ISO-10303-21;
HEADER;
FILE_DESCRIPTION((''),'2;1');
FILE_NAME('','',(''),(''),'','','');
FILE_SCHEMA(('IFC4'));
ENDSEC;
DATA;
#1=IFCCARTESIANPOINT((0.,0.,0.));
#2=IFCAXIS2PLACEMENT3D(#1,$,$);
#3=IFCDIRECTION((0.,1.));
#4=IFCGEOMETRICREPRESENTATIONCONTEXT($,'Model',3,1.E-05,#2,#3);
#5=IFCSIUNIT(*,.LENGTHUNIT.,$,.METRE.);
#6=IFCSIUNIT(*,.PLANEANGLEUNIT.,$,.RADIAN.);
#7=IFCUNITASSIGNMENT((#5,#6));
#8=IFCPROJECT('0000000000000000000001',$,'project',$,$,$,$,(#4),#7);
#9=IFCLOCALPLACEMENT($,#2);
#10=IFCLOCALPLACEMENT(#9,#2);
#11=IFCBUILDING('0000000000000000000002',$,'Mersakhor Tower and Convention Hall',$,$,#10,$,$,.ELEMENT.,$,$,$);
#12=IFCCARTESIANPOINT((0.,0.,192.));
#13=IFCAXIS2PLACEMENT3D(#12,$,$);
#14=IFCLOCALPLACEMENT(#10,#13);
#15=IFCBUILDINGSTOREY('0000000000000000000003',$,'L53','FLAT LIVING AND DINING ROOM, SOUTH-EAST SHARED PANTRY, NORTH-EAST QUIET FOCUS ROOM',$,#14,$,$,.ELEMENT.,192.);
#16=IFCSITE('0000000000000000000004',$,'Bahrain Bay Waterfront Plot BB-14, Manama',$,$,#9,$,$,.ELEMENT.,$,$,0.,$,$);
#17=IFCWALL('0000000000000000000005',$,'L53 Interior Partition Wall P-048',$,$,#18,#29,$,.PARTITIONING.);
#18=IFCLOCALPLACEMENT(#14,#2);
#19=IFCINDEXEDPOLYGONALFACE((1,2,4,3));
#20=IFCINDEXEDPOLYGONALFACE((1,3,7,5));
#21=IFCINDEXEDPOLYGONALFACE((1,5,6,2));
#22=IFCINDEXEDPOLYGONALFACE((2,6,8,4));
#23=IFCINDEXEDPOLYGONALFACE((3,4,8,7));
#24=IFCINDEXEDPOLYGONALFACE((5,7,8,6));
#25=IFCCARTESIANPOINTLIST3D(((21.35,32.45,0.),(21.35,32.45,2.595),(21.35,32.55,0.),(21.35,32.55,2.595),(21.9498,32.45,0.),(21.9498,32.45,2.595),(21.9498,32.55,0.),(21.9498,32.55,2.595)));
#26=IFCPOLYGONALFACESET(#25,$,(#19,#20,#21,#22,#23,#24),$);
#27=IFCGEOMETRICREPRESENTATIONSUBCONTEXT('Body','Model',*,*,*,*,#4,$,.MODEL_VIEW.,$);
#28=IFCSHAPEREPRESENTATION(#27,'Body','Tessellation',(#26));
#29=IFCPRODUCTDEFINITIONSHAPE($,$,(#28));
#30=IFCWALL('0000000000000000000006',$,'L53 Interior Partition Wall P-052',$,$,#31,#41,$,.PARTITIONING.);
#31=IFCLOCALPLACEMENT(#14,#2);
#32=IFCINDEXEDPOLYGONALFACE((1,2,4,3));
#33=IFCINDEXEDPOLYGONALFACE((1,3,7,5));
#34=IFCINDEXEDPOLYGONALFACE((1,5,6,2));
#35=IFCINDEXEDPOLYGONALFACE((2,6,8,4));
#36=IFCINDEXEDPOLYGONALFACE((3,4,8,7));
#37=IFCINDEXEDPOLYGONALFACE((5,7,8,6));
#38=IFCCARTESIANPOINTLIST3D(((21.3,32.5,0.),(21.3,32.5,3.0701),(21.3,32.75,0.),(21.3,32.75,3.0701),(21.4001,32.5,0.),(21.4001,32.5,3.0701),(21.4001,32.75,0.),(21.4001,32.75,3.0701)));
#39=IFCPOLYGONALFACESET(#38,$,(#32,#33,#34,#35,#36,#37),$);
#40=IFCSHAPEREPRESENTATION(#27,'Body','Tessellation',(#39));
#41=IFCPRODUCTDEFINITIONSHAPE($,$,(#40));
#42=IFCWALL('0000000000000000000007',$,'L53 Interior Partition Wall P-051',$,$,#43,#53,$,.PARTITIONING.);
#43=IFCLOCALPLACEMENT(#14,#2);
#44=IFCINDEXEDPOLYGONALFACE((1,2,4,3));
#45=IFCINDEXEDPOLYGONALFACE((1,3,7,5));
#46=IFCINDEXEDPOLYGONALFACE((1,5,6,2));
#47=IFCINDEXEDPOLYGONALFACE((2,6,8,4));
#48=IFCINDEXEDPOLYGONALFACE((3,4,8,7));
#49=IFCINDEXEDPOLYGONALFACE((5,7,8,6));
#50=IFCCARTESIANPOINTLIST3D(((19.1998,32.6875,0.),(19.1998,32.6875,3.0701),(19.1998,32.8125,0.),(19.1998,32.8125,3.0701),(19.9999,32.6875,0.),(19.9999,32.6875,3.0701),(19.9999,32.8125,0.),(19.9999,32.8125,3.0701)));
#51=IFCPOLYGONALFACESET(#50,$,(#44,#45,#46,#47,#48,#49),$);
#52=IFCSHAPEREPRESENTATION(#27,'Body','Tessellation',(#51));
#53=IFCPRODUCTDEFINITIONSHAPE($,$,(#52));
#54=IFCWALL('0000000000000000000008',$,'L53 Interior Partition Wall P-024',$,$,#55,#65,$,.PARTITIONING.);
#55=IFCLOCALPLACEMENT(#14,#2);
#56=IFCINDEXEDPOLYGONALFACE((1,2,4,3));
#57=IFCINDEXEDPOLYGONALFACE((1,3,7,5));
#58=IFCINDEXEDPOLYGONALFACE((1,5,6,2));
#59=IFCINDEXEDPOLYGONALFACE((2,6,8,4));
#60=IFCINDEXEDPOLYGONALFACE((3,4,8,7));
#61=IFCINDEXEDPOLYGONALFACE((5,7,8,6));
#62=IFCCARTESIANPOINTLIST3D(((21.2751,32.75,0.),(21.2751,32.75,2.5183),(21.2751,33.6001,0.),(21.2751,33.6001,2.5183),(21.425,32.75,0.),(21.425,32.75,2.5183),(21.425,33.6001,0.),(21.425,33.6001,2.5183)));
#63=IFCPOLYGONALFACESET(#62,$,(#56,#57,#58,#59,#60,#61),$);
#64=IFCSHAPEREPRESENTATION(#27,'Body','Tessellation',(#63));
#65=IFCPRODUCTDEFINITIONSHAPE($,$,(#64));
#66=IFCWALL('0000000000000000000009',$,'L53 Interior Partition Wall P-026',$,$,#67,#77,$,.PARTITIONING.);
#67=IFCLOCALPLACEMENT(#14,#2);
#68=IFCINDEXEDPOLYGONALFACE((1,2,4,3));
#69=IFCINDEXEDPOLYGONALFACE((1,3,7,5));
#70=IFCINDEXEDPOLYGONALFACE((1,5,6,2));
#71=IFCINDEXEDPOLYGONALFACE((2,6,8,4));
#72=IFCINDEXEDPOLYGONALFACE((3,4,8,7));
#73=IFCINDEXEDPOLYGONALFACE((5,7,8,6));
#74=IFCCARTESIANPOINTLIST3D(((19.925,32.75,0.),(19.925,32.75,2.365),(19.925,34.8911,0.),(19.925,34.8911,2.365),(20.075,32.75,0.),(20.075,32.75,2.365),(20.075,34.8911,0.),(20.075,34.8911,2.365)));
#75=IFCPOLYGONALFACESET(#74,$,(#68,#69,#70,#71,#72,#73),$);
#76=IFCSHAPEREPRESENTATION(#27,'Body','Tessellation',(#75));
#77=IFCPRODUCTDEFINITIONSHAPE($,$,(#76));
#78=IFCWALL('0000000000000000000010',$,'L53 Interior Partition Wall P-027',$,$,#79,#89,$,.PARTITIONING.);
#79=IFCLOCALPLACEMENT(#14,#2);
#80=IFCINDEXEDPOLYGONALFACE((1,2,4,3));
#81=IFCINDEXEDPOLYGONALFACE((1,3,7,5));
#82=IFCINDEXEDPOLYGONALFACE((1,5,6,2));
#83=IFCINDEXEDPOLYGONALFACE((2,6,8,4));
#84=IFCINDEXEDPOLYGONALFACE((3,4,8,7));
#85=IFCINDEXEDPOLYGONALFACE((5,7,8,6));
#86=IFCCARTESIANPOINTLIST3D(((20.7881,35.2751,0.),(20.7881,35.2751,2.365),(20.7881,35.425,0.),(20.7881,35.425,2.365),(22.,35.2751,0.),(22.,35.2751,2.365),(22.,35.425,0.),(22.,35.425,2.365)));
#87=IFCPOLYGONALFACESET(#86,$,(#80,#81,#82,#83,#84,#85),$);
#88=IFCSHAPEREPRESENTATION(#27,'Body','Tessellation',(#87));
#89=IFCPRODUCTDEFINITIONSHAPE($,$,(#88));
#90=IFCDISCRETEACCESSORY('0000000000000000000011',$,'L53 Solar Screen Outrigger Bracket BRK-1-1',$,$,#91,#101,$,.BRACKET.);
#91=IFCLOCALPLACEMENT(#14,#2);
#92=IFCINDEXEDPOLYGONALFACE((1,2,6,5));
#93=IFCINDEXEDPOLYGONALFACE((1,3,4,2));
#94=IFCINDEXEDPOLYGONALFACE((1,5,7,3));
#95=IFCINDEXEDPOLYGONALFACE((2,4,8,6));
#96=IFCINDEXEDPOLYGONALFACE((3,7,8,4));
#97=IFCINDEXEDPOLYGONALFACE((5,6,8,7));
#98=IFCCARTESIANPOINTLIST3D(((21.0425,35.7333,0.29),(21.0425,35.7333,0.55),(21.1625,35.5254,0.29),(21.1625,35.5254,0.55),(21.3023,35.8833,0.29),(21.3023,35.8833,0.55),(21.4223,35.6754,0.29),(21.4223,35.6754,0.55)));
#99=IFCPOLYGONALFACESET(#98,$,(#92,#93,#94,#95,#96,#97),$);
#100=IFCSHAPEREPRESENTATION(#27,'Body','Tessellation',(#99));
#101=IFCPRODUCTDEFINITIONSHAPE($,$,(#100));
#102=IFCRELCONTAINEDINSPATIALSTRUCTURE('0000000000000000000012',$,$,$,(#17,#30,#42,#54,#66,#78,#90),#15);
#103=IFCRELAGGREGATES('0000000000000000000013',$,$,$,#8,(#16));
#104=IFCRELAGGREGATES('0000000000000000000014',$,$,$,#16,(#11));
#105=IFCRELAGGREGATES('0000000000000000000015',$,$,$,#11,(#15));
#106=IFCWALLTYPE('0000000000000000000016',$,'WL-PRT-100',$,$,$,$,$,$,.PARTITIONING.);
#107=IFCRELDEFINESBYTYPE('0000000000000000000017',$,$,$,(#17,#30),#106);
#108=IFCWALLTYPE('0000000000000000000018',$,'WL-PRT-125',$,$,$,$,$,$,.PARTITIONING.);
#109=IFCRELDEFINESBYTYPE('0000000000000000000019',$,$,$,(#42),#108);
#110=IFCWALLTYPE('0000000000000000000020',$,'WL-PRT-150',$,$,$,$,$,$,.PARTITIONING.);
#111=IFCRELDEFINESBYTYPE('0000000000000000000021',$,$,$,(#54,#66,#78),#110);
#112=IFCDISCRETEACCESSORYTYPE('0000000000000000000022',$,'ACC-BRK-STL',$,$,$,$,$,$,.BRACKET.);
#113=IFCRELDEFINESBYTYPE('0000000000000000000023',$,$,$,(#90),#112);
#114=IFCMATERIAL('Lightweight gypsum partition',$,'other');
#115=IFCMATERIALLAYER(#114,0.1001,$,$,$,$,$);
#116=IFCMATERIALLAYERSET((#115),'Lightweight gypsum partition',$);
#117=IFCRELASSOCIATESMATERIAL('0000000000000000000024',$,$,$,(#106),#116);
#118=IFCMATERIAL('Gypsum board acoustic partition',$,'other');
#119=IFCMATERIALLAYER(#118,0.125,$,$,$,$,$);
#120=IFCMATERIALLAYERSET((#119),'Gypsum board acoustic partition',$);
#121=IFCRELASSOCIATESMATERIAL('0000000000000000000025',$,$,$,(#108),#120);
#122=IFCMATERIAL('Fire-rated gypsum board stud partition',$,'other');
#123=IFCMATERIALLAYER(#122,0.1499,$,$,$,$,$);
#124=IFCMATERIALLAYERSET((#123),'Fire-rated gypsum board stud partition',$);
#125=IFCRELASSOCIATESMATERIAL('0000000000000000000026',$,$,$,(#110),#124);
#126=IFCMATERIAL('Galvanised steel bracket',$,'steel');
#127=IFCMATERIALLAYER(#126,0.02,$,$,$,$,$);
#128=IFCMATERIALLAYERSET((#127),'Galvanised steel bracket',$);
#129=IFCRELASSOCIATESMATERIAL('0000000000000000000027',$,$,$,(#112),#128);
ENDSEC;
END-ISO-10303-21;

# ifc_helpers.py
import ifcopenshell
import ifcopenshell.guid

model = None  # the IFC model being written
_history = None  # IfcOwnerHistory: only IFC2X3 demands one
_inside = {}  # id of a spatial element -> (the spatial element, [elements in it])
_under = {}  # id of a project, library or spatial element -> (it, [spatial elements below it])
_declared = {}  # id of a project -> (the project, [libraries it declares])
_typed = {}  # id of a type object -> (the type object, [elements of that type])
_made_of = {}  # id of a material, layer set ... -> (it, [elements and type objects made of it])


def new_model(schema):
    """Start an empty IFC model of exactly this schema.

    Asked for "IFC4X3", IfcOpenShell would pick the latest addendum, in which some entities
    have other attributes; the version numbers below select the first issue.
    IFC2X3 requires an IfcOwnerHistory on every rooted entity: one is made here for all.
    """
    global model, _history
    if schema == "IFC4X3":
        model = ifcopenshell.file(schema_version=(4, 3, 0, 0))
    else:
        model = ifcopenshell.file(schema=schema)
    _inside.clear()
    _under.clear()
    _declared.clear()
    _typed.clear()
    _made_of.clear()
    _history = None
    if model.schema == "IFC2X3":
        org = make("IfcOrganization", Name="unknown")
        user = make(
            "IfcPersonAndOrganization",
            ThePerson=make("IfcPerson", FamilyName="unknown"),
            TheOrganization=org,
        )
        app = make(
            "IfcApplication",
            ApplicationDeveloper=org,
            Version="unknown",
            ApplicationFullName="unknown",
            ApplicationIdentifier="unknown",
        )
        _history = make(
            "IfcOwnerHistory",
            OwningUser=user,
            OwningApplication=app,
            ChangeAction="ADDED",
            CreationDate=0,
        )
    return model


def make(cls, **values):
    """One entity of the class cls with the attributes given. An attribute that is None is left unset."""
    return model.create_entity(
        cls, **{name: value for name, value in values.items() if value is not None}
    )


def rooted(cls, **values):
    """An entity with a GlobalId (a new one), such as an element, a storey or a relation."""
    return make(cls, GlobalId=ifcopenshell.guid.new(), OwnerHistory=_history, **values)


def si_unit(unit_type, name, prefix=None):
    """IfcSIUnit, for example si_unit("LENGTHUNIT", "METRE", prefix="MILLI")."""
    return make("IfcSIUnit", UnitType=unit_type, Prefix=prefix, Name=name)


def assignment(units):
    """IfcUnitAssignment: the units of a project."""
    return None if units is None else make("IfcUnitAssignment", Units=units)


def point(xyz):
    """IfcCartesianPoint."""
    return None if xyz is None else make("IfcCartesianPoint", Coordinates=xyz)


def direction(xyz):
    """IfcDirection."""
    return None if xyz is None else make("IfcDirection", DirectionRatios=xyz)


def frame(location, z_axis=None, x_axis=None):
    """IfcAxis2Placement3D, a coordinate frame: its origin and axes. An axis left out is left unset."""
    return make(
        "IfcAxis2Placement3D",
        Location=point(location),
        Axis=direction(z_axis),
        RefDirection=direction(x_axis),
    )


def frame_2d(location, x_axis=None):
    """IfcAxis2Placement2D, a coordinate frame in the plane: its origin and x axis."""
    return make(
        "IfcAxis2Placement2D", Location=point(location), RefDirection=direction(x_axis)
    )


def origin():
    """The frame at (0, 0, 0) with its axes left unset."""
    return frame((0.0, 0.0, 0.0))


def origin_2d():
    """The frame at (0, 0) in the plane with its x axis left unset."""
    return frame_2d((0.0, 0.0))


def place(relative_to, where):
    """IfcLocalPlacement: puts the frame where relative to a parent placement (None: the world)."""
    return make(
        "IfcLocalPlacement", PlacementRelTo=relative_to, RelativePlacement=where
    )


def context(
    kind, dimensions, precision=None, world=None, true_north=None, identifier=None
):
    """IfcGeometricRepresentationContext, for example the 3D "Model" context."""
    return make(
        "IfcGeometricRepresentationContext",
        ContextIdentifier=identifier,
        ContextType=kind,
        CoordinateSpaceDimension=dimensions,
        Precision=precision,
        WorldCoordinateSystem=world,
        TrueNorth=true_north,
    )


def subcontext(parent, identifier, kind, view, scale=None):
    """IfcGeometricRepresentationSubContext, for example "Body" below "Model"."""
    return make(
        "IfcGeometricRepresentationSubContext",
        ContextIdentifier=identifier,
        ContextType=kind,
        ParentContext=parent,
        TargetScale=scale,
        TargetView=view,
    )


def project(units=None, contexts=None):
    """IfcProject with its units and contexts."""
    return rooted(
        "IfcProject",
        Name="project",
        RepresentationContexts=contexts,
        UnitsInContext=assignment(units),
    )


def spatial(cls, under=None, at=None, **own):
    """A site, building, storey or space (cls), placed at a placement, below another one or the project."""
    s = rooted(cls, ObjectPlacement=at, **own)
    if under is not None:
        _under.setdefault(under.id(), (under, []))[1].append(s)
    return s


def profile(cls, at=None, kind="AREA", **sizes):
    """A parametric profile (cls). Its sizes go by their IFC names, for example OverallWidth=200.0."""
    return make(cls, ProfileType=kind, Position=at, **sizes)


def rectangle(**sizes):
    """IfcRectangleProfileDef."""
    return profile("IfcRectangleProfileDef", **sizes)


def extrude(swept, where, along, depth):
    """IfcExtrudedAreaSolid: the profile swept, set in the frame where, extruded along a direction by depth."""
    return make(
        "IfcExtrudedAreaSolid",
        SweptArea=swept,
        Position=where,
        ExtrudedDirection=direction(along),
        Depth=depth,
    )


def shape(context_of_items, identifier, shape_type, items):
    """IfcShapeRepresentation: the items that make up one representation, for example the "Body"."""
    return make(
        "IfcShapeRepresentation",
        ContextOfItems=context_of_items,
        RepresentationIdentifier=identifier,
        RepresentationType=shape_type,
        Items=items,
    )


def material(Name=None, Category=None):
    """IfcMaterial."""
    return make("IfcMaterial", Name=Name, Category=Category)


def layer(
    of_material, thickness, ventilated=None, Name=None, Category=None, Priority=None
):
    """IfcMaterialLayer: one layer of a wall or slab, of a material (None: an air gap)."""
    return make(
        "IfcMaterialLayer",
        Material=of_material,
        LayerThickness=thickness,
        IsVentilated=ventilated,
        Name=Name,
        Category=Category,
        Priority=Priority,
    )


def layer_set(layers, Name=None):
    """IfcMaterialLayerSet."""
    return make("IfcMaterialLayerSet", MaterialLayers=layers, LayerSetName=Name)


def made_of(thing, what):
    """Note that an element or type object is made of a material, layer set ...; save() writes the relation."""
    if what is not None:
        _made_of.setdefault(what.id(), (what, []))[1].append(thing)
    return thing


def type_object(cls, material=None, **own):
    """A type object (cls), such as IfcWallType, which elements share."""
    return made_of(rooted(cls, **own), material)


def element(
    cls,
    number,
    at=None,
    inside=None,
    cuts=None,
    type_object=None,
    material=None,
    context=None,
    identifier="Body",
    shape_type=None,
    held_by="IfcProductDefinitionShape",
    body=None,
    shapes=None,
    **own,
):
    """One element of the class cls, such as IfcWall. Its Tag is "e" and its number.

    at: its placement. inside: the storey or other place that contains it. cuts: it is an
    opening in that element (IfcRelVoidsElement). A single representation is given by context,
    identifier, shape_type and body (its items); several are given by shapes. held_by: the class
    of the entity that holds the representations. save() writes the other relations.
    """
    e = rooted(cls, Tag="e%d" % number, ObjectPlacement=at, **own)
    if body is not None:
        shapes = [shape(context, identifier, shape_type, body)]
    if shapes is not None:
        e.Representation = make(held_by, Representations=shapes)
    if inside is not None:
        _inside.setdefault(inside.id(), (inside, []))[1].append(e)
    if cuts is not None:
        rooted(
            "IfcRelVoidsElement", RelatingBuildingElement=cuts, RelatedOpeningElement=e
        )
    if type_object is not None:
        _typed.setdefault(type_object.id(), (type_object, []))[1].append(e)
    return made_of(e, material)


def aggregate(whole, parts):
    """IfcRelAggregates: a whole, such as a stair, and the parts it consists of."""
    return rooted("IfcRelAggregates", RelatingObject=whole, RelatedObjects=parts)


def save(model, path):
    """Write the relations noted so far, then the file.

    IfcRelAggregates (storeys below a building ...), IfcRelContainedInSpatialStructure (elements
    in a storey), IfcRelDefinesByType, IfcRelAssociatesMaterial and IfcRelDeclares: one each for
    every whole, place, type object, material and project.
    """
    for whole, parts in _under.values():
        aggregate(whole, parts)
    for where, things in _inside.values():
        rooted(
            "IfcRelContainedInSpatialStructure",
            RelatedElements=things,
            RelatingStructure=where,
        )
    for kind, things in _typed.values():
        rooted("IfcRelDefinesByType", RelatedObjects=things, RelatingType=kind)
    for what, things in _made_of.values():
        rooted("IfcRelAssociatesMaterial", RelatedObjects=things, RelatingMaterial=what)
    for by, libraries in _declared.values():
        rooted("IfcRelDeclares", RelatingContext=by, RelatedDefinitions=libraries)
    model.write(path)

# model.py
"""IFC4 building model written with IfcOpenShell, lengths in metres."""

from ifc_helpers import new_model, si_unit, direction, frame, frame_2d, origin, origin_2d, place, context, subcontext, project, spatial, rectangle, extrude, material, layer, layer_set, type_object, element, save


model = new_model("IFC4")

# Units and contexts
model_context = context("Model", 3, precision=1e-05, world=origin(), true_north=direction((0.0, 1.0)))
body_context = subcontext(model_context, "Body", "Model", "MODEL_VIEW")
ifc_project = project(units=[si_unit("LENGTHUNIT", "METRE"), si_unit("PLANEANGLEUNIT", "RADIAN")], contexts=[model_context])

# Site, building, storey
site_placement = place(None, origin())
site = spatial("IfcSite", under=ifc_project, at=site_placement, Name="Bahrain Bay Waterfront Plot BB-14, Manama", CompositionType="ELEMENT", RefElevation=0.0)
building_placement = place(site_placement, origin())
building = spatial("IfcBuilding", under=site, at=building_placement, Name="Mersakhor Tower and Convention Hall", CompositionType="ELEMENT")
storey_placement = place(building_placement, frame((0.0, 0.0, 192.0)))
storey = spatial("IfcBuildingStorey", under=building, at=storey_placement, Name="L53", Description="FLAT LIVING AND DINING ROOM, SOUTH-EAST SHARED PANTRY, NORTH-EAST QUIET FOCUS ROOM", CompositionType="ELEMENT", Elevation=192.0)

# Walls
ifc_material_1 = material(Name="Lightweight gypsum partition", Category="other")
ifc_layer_1 = layer(ifc_material_1, 0.1001)
ifc_layer_set_1 = layer_set([ifc_layer_1], Name="Lightweight gypsum partition")
wall_type_1 = type_object("IfcWallType", Name="WL-PRT-100", PredefinedType="PARTITIONING", material=ifc_layer_set_1)
wall_1_placement = place(storey_placement, frame((21.3501, 32.5, 0.0), z_axis=(0.0, 0.0, 1.0), x_axis=(1.0, 0.0, 0.0)))
element("IfcWall", 1, at=wall_1_placement, inside=storey, type_object=wall_type_1, Name="L53 Interior Partition Wall P-048", PredefinedType="PARTITIONING", context=body_context, shape_type="SweptSolid", body=[
    extrude(rectangle(XDim=0.5999, YDim=0.1001, at=frame_2d((0.2998, 0.0))), origin(), (0.0, 0.0, 1.0), 2.595),
])
wall_2_placement = place(storey_placement, frame((21.3501, 32.75, 0.0), z_axis=(0.0, 0.0, 1.0), x_axis=(0.0, -1.0, 0.0)))
element("IfcWall", 2, at=wall_2_placement, inside=storey, type_object=wall_type_1, Name="L53 Interior Partition Wall P-052", PredefinedType="PARTITIONING", context=body_context, shape_type="SweptSolid", body=[
    extrude(rectangle(XDim=0.25, YDim=0.1001, at=frame_2d((0.125, 0.0))), origin(), (0.0, 0.0, 1.0), 3.0701),
])
ifc_material_2 = material(Name="Gypsum board acoustic partition", Category="other")
ifc_layer_2 = layer(ifc_material_2, 0.125)
ifc_layer_set_2 = layer_set([ifc_layer_2], Name="Gypsum board acoustic partition")
wall_type_2 = type_object("IfcWallType", Name="WL-PRT-125", PredefinedType="PARTITIONING", material=ifc_layer_set_2)
wall_3_placement = place(storey_placement, frame((19.2, 32.75, 0.0), z_axis=(0.0, 0.0, 1.0), x_axis=(1.0, 0.0, 0.0)))
element("IfcWall", 3, at=wall_3_placement, inside=storey, type_object=wall_type_2, Name="L53 Interior Partition Wall P-051", PredefinedType="PARTITIONING", context=body_context, shape_type="SweptSolid", body=[
    extrude(rectangle(XDim=0.8, YDim=0.125, at=frame_2d((0.3999, 0.0))), origin(), (0.0, 0.0, 1.0), 3.0701),
])
ifc_material_3 = material(Name="Fire-rated gypsum board stud partition", Category="other")
ifc_layer_3 = layer(ifc_material_3, 0.1499)
ifc_layer_set_3 = layer_set([ifc_layer_3], Name="Fire-rated gypsum board stud partition")
wall_type_3 = type_object("IfcWallType", Name="WL-PRT-150", PredefinedType="PARTITIONING", material=ifc_layer_set_3)
wall_4_placement = place(storey_placement, frame((21.3501, 33.6001, 0.0), z_axis=(0.0, 0.0, 1.0), x_axis=(0.0, -1.0, 0.0)))
element("IfcWall", 4, at=wall_4_placement, inside=storey, type_object=wall_type_3, Name="L53 Interior Partition Wall P-024", PredefinedType="PARTITIONING", context=body_context, shape_type="SweptSolid", body=[
    extrude(rectangle(XDim=0.8501, YDim=0.1499, at=frame_2d((0.425, 0.0))), origin(), (0.0, 0.0, 1.0), 2.5183),
])

# Walls
wall_5_placement = place(storey_placement, frame((20.0, 32.75, 0.0), z_axis=(0.0, 0.0, 1.0), x_axis=(0.0, 1.0, 0.0)))
element("IfcWall", 5, at=wall_5_placement, inside=storey, type_object=wall_type_3, Name="L53 Interior Partition Wall P-026", PredefinedType="PARTITIONING", context=body_context, shape_type="SweptSolid", body=[
    extrude(rectangle(XDim=2.1411, YDim=0.1499, at=frame_2d((1.0706, 0.0))), origin(), (0.0, 0.0, 1.0), 2.365),
])
wall_6_placement = place(storey_placement, frame((20.7881, 35.3501, 0.0), z_axis=(0.0, 0.0, 1.0), x_axis=(1.0, 0.0, 0.0)))
element("IfcWall", 6, at=wall_6_placement, inside=storey, type_object=wall_type_3, Name="L53 Interior Partition Wall P-027", PredefinedType="PARTITIONING", context=body_context, shape_type="SweptSolid", body=[
    extrude(rectangle(XDim=1.2119, YDim=0.1499, at=frame_2d((0.606, 0.0))), origin(), (0.0, 0.0, 1.0), 2.365),
])

# Discrete accessory
ifc_material_4 = material(Name="Galvanised steel bracket", Category="steel")
ifc_layer_4 = layer(ifc_material_4, 0.02)
ifc_layer_set_4 = layer_set([ifc_layer_4], Name="Galvanised steel bracket")
discrete_accessory_type = type_object("IfcDiscreteAccessoryType", Name="ACC-BRK-STL", PredefinedType="BRACKET", material=ifc_layer_set_4)
discrete_accessory_placement = place(storey_placement, frame((21.2324, 35.7043, 0.29), z_axis=(0.0, 0.0, 1.0), x_axis=(0.866025, 0.5, 0.0)))
element("IfcDiscreteAccessory", 7, at=discrete_accessory_placement, inside=storey, type_object=discrete_accessory_type, Name="L53 Solar Screen Outrigger Bracket BRK-1-1", PredefinedType="BRACKET", context=body_context, shape_type="SweptSolid", body=[
    extrude(rectangle(XDim=0.3, YDim=0.24, at=origin_2d()), origin(), (0.0, 0.0, 1.0), 0.26),
])

save(model, "model.ifc")
